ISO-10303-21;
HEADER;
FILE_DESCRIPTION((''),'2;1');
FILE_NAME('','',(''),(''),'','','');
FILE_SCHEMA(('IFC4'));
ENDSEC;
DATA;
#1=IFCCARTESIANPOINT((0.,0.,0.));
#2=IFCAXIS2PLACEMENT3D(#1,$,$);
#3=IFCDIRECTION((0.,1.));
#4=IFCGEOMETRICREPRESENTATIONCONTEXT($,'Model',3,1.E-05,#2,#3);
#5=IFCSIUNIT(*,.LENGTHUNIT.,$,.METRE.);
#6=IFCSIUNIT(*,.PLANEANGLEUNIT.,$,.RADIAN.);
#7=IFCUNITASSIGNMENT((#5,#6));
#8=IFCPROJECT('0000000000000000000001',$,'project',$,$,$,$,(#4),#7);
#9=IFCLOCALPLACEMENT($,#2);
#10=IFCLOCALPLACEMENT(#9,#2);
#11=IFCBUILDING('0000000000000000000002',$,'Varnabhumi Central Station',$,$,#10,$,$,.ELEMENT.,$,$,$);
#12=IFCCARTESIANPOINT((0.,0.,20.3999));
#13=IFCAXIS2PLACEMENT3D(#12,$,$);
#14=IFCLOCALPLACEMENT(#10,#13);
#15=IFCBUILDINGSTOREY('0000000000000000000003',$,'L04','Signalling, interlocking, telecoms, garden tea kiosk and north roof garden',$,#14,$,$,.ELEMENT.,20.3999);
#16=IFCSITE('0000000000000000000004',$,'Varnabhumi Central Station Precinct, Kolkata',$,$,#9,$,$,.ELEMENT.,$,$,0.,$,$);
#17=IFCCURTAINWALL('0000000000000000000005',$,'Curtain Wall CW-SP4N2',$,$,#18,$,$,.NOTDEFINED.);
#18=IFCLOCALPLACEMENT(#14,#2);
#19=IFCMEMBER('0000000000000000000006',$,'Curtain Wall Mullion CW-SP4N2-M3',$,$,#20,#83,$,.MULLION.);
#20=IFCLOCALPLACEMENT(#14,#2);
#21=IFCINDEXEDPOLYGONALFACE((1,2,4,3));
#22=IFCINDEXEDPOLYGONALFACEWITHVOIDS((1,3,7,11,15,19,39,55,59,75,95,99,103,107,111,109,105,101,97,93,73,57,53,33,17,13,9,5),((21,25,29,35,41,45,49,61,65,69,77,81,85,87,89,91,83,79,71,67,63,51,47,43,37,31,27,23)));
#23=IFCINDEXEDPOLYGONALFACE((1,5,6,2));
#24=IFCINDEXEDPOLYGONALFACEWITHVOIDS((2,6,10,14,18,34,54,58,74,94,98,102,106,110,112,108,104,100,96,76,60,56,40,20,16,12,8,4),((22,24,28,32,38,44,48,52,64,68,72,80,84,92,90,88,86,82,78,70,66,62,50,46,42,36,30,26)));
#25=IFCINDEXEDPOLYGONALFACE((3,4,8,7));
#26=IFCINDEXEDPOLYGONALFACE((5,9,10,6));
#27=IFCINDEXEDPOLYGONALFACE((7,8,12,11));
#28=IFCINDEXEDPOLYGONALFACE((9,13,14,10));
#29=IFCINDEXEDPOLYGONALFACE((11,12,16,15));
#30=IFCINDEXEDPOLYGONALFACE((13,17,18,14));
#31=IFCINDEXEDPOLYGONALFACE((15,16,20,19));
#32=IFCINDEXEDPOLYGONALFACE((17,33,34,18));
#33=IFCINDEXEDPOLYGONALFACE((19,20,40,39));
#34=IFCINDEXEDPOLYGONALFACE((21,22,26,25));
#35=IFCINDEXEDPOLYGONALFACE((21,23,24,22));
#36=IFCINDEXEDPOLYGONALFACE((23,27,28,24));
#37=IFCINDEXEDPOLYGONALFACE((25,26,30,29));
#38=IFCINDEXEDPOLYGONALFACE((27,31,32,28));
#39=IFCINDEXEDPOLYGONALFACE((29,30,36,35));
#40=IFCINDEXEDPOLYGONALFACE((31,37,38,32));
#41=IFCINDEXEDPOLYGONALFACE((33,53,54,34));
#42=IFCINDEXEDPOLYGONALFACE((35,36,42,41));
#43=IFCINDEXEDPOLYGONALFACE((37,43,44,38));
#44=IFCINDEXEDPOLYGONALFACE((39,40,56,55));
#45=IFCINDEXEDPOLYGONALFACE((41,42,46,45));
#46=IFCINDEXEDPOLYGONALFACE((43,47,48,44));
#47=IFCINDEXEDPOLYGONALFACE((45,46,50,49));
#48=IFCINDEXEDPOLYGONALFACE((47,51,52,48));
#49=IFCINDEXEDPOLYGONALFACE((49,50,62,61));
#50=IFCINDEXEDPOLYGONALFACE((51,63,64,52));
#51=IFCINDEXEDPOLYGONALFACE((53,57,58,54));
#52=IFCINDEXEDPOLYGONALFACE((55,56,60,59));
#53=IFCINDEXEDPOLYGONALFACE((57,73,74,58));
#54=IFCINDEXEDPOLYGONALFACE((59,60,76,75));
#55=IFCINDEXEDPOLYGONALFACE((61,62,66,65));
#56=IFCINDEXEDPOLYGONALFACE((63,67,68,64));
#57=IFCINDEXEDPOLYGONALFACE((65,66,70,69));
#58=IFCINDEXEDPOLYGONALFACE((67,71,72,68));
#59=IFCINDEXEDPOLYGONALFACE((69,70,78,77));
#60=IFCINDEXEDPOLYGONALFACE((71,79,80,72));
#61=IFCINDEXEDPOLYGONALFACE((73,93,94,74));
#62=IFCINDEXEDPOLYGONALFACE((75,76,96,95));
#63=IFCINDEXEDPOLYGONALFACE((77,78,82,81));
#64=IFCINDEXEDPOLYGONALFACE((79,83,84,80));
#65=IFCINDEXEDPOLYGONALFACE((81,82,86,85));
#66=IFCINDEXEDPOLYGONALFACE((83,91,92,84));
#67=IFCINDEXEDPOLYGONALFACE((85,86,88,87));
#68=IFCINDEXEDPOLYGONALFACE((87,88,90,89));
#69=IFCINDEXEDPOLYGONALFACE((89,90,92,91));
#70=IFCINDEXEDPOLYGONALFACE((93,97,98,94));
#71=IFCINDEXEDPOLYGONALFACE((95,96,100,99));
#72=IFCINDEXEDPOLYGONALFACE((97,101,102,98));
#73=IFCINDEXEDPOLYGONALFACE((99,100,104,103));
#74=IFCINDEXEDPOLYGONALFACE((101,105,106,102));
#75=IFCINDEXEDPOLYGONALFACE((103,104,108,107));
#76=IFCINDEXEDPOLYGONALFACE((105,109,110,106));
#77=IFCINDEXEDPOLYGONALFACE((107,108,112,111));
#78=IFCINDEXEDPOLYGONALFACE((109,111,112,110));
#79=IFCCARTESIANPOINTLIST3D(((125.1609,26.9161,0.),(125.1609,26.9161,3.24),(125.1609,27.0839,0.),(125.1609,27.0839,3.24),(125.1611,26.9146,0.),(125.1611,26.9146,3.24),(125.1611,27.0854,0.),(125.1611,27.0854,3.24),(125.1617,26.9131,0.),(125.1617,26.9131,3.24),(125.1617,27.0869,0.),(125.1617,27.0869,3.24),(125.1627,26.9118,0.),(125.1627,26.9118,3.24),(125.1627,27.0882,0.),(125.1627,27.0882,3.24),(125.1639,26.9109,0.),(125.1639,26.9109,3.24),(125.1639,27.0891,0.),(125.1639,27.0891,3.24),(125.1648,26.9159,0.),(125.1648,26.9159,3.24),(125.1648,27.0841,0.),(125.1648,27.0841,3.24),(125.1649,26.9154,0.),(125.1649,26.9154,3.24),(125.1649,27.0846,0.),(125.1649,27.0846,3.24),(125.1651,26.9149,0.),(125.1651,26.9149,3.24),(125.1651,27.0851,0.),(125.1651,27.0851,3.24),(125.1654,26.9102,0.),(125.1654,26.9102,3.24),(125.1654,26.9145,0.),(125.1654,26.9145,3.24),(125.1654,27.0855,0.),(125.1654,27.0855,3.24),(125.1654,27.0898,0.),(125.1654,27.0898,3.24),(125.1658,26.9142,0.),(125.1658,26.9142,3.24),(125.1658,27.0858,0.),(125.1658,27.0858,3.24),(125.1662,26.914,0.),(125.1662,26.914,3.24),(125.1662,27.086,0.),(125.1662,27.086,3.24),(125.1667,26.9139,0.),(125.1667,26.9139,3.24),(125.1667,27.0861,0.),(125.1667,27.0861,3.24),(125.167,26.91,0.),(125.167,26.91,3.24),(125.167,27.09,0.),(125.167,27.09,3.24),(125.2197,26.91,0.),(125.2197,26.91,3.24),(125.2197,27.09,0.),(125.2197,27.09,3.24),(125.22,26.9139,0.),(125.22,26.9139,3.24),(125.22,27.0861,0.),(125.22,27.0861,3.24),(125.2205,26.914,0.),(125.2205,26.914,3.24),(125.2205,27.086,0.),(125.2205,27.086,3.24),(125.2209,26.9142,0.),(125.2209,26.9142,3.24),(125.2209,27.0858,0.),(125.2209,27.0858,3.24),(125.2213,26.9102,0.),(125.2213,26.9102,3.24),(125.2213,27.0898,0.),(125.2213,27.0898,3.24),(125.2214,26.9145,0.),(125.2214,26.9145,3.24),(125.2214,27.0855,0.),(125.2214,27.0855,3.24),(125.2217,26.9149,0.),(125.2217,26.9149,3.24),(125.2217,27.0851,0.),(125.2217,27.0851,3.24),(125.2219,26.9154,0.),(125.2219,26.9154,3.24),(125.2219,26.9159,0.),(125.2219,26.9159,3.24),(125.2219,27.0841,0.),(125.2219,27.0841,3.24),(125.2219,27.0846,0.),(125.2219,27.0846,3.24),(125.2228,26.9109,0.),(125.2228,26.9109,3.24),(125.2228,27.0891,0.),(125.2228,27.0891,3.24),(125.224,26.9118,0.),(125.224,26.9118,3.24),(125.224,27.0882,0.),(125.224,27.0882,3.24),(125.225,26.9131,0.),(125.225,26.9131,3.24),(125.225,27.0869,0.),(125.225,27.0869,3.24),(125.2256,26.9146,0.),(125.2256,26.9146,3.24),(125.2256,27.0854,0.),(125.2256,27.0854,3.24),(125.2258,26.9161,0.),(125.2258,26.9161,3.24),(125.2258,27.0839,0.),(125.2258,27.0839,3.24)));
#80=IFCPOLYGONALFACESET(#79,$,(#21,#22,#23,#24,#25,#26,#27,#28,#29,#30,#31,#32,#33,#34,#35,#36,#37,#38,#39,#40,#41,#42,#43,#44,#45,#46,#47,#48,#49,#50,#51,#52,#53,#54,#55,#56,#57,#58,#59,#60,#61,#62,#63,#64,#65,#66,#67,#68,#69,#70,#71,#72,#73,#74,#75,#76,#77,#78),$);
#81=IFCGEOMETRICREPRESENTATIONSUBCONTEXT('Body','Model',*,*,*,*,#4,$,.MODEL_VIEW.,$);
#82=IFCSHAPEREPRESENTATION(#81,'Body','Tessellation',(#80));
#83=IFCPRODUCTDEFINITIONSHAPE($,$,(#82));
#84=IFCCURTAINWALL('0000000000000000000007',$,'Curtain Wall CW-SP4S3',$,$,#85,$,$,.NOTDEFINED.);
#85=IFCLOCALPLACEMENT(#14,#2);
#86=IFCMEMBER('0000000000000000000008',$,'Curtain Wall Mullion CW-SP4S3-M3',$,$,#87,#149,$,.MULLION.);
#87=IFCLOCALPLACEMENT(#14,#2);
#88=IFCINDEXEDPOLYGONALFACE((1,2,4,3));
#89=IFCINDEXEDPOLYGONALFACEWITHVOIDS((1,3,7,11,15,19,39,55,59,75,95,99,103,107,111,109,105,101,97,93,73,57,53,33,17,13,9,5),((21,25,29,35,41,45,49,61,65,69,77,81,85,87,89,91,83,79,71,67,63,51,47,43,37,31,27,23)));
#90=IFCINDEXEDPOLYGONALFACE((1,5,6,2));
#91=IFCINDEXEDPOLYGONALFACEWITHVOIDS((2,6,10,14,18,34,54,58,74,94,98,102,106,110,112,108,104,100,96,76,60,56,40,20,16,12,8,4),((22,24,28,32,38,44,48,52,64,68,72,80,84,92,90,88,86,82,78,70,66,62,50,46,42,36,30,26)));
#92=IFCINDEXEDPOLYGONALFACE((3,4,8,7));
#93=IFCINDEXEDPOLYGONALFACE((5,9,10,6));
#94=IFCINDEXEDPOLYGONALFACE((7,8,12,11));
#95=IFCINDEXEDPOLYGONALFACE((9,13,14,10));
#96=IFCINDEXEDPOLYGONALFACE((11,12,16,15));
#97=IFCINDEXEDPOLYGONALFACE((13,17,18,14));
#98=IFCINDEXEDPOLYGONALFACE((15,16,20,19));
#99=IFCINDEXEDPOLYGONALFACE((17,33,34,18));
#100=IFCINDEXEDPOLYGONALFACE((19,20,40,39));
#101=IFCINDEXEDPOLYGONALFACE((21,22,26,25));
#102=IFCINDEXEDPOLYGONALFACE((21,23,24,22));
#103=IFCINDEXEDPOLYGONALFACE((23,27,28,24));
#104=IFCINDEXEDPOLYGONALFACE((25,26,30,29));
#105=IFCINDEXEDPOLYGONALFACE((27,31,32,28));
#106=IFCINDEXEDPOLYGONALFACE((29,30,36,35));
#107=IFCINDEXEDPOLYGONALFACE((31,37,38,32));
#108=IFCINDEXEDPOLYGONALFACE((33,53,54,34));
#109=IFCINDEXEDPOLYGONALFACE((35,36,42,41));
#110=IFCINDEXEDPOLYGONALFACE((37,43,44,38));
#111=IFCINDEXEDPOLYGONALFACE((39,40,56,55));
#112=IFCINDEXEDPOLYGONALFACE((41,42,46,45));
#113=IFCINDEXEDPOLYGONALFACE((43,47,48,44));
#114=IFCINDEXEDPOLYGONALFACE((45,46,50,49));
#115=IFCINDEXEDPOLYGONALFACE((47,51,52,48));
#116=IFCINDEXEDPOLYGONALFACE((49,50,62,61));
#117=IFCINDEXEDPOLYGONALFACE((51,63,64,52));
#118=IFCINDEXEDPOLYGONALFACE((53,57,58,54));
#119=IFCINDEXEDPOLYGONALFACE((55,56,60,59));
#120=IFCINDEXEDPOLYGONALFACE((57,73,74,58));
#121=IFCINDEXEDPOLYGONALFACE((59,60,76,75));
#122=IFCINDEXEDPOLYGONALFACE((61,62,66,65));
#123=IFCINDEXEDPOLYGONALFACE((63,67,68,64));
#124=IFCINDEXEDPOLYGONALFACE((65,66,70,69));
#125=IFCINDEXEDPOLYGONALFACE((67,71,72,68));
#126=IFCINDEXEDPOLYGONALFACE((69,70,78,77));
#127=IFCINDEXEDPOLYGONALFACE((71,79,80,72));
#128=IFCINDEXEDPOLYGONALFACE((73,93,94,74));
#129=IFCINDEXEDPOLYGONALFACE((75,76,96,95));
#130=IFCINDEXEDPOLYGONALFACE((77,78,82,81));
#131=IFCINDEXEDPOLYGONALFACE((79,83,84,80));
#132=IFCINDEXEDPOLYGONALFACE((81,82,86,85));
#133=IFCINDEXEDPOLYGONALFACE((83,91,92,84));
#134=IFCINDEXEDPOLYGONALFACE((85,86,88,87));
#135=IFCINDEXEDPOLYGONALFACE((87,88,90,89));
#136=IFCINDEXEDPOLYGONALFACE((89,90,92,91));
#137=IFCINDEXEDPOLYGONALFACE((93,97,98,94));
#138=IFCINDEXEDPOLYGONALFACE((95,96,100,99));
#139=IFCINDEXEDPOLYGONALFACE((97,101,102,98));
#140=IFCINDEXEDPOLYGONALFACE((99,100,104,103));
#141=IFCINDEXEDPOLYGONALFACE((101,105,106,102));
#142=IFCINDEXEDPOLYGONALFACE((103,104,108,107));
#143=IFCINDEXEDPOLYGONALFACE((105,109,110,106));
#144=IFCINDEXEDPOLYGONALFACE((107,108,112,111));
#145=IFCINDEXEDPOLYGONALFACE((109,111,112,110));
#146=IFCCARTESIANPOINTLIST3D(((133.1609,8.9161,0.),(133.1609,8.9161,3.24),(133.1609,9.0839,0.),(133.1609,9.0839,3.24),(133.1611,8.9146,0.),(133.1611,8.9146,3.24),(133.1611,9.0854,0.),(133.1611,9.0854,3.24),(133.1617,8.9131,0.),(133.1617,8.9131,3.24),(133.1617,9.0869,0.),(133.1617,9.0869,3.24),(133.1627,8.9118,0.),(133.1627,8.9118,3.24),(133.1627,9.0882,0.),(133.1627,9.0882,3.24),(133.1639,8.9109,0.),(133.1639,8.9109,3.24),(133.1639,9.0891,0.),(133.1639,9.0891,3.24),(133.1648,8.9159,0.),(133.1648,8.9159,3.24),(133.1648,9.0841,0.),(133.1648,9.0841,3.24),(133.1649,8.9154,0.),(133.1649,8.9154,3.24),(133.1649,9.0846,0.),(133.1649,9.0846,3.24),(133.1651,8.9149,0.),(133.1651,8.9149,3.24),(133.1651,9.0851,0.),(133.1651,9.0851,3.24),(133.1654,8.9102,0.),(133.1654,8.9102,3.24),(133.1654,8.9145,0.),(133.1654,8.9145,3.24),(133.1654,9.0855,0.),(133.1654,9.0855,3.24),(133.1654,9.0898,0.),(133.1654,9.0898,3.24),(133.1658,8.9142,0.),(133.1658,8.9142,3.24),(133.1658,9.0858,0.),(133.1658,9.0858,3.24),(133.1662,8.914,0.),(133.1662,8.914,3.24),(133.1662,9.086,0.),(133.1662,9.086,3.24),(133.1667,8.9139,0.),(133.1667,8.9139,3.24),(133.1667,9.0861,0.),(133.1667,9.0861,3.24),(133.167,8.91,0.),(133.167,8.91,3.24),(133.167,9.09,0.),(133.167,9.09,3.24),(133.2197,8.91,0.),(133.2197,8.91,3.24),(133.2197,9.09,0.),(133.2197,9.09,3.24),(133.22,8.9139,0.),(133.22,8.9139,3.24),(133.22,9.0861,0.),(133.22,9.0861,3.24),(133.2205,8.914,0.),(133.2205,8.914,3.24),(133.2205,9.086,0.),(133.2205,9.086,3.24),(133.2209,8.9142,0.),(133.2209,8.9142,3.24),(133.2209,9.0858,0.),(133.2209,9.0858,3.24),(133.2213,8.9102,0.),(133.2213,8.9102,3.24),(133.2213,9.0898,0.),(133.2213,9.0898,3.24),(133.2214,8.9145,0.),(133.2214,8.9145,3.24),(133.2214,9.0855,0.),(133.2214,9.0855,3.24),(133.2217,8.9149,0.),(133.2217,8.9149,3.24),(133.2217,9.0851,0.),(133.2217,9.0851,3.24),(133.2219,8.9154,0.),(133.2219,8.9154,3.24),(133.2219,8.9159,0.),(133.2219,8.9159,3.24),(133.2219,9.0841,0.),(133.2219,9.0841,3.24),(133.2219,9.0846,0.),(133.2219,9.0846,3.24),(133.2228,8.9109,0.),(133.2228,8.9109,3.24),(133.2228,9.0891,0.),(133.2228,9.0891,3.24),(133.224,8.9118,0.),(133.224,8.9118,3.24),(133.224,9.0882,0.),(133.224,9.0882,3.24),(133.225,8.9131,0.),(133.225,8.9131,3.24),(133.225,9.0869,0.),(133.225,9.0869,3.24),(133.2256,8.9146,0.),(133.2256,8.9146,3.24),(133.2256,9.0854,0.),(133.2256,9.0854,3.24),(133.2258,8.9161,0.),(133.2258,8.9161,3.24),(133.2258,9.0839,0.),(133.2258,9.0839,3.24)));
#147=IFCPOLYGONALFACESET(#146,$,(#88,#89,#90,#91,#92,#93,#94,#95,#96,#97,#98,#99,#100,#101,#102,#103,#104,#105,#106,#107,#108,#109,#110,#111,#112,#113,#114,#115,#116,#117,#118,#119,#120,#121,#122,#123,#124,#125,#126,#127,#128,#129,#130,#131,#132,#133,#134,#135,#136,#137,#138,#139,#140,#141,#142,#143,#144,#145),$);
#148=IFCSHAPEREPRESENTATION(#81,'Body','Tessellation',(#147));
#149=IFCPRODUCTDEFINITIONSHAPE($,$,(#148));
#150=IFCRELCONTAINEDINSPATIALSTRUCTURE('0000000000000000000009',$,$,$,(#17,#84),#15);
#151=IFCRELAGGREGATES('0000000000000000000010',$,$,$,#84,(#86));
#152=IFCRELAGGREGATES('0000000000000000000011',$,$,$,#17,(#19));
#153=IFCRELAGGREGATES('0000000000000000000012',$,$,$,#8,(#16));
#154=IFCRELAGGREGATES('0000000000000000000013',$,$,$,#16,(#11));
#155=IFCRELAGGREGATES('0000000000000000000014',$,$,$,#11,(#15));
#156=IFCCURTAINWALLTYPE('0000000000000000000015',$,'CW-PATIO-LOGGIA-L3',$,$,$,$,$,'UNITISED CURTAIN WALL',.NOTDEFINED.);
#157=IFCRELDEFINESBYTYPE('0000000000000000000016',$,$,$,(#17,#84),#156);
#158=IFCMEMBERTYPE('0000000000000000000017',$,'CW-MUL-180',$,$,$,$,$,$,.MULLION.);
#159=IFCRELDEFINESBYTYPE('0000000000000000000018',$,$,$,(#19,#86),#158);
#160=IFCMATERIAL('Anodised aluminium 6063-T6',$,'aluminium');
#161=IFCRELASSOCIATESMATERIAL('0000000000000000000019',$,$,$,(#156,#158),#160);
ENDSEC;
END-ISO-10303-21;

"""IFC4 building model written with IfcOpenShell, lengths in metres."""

from ifc_helpers import new_model, si_unit, direction, frame, origin, origin_2d, place, context, subcontext, project, spatial, hollow_rectangle, extrude, material, material_profile, profile_set, type_object, element, aggregate, save


model = new_model("IFC4")

# Units and contexts
model_context = context("Model", 3, precision=1e-05, world=origin(), true_north=direction((0.0, 1.0)))
body_context = subcontext(model_context, "Body", "Model", "MODEL_VIEW")
ifc_project = project(units=[si_unit("LENGTHUNIT", "METRE"), si_unit("PLANEANGLEUNIT", "RADIAN")], contexts=[model_context])

# Site, building, storey
site_placement = place(None, origin())
site = spatial("IfcSite", under=ifc_project, at=site_placement, Name="Varnabhumi Central Station Precinct, Kolkata", CompositionType="ELEMENT", RefElevation=0.0)
building_placement = place(site_placement, origin())
building = spatial("IfcBuilding", under=site, at=building_placement, Name="Varnabhumi Central Station", CompositionType="ELEMENT")
storey_placement = place(building_placement, frame((0.0, 0.0, 20.3999)))
storey = spatial("IfcBuildingStorey", under=building, at=storey_placement, Name="L04", Description="Signalling, interlocking, telecoms, garden tea kiosk and north roof garden", CompositionType="ELEMENT", Elevation=20.3999)

# Shared definitions
ifc_material_1 = material(Name="Anodised aluminium 6063-T6", Category="aluminium")
curtain_wall_type = type_object("IfcCurtainWallType", Name="CW-PATIO-LOGGIA-L3", ElementType="UNITISED CURTAIN WALL", PredefinedType="NOTDEFINED", material=ifc_material_1)
ifc_material_profile_1 = material_profile(ifc_material_1, hollow_rectangle(XDim=0.0649, YDim=0.1799, WallThickness=0.0039, InnerFilletRadius=0.002, OuterFilletRadius=0.0061, at=origin_2d()), Name="Anodised aluminium 6063-T6", Category="aluminium")
ifc_profile_set_1 = profile_set([ifc_material_profile_1], Name="Anodised aluminium 6063-T6")
member_type_1 = type_object("IfcMemberType", Name="CW-MUL-180", PredefinedType="MULLION", material=ifc_profile_set_1)

# Curtain walls, members
curtain_wall_1_placement = place(storey_placement, origin())
curtain_wall_1 = element("IfcCurtainWall", 1, at=curtain_wall_1_placement, inside=storey, type_object=curtain_wall_type, Name="Curtain Wall CW-SP4N2", PredefinedType="NOTDEFINED")
member_1_placement = place(storey_placement, frame((125.1934, 27.0, 0.0), z_axis=(0.0, 0.0, 1.0), x_axis=(1.0, 0.0, 0.0)))
member_1 = element("IfcMember", 2, at=member_1_placement, type_object=member_type_1, Name="Curtain Wall Mullion CW-SP4N2-M3", PredefinedType="MULLION", context=body_context, shape_type="SweptSolid", body=[
    extrude(hollow_rectangle(XDim=0.0649, YDim=0.1799, WallThickness=0.0039, InnerFilletRadius=0.002, OuterFilletRadius=0.0061, at=origin_2d()), origin(), (0.0, 0.0, 1.0), 3.24),
])
curtain_wall_2_placement = place(storey_placement, origin())
curtain_wall_2 = element("IfcCurtainWall", 3, at=curtain_wall_2_placement, inside=storey, type_object=curtain_wall_type, Name="Curtain Wall CW-SP4S3", PredefinedType="NOTDEFINED")
member_2_placement = place(storey_placement, frame((133.1934, 9.0, 0.0), z_axis=(0.0, 0.0, 1.0), x_axis=(1.0, 0.0, 0.0)))
member_2 = element("IfcMember", 4, at=member_2_placement, type_object=member_type_1, Name="Curtain Wall Mullion CW-SP4S3-M3", PredefinedType="MULLION", context=body_context, shape_type="SweptSolid", body=[
    extrude(hollow_rectangle(XDim=0.0649, YDim=0.1799, WallThickness=0.0039, InnerFilletRadius=0.002, OuterFilletRadius=0.0061, at=origin_2d()), origin(), (0.0, 0.0, 1.0), 3.24),
])

aggregate(curtain_wall_2, [member_2])
aggregate(curtain_wall_1, [member_1])

save(model, "model.ifc")
